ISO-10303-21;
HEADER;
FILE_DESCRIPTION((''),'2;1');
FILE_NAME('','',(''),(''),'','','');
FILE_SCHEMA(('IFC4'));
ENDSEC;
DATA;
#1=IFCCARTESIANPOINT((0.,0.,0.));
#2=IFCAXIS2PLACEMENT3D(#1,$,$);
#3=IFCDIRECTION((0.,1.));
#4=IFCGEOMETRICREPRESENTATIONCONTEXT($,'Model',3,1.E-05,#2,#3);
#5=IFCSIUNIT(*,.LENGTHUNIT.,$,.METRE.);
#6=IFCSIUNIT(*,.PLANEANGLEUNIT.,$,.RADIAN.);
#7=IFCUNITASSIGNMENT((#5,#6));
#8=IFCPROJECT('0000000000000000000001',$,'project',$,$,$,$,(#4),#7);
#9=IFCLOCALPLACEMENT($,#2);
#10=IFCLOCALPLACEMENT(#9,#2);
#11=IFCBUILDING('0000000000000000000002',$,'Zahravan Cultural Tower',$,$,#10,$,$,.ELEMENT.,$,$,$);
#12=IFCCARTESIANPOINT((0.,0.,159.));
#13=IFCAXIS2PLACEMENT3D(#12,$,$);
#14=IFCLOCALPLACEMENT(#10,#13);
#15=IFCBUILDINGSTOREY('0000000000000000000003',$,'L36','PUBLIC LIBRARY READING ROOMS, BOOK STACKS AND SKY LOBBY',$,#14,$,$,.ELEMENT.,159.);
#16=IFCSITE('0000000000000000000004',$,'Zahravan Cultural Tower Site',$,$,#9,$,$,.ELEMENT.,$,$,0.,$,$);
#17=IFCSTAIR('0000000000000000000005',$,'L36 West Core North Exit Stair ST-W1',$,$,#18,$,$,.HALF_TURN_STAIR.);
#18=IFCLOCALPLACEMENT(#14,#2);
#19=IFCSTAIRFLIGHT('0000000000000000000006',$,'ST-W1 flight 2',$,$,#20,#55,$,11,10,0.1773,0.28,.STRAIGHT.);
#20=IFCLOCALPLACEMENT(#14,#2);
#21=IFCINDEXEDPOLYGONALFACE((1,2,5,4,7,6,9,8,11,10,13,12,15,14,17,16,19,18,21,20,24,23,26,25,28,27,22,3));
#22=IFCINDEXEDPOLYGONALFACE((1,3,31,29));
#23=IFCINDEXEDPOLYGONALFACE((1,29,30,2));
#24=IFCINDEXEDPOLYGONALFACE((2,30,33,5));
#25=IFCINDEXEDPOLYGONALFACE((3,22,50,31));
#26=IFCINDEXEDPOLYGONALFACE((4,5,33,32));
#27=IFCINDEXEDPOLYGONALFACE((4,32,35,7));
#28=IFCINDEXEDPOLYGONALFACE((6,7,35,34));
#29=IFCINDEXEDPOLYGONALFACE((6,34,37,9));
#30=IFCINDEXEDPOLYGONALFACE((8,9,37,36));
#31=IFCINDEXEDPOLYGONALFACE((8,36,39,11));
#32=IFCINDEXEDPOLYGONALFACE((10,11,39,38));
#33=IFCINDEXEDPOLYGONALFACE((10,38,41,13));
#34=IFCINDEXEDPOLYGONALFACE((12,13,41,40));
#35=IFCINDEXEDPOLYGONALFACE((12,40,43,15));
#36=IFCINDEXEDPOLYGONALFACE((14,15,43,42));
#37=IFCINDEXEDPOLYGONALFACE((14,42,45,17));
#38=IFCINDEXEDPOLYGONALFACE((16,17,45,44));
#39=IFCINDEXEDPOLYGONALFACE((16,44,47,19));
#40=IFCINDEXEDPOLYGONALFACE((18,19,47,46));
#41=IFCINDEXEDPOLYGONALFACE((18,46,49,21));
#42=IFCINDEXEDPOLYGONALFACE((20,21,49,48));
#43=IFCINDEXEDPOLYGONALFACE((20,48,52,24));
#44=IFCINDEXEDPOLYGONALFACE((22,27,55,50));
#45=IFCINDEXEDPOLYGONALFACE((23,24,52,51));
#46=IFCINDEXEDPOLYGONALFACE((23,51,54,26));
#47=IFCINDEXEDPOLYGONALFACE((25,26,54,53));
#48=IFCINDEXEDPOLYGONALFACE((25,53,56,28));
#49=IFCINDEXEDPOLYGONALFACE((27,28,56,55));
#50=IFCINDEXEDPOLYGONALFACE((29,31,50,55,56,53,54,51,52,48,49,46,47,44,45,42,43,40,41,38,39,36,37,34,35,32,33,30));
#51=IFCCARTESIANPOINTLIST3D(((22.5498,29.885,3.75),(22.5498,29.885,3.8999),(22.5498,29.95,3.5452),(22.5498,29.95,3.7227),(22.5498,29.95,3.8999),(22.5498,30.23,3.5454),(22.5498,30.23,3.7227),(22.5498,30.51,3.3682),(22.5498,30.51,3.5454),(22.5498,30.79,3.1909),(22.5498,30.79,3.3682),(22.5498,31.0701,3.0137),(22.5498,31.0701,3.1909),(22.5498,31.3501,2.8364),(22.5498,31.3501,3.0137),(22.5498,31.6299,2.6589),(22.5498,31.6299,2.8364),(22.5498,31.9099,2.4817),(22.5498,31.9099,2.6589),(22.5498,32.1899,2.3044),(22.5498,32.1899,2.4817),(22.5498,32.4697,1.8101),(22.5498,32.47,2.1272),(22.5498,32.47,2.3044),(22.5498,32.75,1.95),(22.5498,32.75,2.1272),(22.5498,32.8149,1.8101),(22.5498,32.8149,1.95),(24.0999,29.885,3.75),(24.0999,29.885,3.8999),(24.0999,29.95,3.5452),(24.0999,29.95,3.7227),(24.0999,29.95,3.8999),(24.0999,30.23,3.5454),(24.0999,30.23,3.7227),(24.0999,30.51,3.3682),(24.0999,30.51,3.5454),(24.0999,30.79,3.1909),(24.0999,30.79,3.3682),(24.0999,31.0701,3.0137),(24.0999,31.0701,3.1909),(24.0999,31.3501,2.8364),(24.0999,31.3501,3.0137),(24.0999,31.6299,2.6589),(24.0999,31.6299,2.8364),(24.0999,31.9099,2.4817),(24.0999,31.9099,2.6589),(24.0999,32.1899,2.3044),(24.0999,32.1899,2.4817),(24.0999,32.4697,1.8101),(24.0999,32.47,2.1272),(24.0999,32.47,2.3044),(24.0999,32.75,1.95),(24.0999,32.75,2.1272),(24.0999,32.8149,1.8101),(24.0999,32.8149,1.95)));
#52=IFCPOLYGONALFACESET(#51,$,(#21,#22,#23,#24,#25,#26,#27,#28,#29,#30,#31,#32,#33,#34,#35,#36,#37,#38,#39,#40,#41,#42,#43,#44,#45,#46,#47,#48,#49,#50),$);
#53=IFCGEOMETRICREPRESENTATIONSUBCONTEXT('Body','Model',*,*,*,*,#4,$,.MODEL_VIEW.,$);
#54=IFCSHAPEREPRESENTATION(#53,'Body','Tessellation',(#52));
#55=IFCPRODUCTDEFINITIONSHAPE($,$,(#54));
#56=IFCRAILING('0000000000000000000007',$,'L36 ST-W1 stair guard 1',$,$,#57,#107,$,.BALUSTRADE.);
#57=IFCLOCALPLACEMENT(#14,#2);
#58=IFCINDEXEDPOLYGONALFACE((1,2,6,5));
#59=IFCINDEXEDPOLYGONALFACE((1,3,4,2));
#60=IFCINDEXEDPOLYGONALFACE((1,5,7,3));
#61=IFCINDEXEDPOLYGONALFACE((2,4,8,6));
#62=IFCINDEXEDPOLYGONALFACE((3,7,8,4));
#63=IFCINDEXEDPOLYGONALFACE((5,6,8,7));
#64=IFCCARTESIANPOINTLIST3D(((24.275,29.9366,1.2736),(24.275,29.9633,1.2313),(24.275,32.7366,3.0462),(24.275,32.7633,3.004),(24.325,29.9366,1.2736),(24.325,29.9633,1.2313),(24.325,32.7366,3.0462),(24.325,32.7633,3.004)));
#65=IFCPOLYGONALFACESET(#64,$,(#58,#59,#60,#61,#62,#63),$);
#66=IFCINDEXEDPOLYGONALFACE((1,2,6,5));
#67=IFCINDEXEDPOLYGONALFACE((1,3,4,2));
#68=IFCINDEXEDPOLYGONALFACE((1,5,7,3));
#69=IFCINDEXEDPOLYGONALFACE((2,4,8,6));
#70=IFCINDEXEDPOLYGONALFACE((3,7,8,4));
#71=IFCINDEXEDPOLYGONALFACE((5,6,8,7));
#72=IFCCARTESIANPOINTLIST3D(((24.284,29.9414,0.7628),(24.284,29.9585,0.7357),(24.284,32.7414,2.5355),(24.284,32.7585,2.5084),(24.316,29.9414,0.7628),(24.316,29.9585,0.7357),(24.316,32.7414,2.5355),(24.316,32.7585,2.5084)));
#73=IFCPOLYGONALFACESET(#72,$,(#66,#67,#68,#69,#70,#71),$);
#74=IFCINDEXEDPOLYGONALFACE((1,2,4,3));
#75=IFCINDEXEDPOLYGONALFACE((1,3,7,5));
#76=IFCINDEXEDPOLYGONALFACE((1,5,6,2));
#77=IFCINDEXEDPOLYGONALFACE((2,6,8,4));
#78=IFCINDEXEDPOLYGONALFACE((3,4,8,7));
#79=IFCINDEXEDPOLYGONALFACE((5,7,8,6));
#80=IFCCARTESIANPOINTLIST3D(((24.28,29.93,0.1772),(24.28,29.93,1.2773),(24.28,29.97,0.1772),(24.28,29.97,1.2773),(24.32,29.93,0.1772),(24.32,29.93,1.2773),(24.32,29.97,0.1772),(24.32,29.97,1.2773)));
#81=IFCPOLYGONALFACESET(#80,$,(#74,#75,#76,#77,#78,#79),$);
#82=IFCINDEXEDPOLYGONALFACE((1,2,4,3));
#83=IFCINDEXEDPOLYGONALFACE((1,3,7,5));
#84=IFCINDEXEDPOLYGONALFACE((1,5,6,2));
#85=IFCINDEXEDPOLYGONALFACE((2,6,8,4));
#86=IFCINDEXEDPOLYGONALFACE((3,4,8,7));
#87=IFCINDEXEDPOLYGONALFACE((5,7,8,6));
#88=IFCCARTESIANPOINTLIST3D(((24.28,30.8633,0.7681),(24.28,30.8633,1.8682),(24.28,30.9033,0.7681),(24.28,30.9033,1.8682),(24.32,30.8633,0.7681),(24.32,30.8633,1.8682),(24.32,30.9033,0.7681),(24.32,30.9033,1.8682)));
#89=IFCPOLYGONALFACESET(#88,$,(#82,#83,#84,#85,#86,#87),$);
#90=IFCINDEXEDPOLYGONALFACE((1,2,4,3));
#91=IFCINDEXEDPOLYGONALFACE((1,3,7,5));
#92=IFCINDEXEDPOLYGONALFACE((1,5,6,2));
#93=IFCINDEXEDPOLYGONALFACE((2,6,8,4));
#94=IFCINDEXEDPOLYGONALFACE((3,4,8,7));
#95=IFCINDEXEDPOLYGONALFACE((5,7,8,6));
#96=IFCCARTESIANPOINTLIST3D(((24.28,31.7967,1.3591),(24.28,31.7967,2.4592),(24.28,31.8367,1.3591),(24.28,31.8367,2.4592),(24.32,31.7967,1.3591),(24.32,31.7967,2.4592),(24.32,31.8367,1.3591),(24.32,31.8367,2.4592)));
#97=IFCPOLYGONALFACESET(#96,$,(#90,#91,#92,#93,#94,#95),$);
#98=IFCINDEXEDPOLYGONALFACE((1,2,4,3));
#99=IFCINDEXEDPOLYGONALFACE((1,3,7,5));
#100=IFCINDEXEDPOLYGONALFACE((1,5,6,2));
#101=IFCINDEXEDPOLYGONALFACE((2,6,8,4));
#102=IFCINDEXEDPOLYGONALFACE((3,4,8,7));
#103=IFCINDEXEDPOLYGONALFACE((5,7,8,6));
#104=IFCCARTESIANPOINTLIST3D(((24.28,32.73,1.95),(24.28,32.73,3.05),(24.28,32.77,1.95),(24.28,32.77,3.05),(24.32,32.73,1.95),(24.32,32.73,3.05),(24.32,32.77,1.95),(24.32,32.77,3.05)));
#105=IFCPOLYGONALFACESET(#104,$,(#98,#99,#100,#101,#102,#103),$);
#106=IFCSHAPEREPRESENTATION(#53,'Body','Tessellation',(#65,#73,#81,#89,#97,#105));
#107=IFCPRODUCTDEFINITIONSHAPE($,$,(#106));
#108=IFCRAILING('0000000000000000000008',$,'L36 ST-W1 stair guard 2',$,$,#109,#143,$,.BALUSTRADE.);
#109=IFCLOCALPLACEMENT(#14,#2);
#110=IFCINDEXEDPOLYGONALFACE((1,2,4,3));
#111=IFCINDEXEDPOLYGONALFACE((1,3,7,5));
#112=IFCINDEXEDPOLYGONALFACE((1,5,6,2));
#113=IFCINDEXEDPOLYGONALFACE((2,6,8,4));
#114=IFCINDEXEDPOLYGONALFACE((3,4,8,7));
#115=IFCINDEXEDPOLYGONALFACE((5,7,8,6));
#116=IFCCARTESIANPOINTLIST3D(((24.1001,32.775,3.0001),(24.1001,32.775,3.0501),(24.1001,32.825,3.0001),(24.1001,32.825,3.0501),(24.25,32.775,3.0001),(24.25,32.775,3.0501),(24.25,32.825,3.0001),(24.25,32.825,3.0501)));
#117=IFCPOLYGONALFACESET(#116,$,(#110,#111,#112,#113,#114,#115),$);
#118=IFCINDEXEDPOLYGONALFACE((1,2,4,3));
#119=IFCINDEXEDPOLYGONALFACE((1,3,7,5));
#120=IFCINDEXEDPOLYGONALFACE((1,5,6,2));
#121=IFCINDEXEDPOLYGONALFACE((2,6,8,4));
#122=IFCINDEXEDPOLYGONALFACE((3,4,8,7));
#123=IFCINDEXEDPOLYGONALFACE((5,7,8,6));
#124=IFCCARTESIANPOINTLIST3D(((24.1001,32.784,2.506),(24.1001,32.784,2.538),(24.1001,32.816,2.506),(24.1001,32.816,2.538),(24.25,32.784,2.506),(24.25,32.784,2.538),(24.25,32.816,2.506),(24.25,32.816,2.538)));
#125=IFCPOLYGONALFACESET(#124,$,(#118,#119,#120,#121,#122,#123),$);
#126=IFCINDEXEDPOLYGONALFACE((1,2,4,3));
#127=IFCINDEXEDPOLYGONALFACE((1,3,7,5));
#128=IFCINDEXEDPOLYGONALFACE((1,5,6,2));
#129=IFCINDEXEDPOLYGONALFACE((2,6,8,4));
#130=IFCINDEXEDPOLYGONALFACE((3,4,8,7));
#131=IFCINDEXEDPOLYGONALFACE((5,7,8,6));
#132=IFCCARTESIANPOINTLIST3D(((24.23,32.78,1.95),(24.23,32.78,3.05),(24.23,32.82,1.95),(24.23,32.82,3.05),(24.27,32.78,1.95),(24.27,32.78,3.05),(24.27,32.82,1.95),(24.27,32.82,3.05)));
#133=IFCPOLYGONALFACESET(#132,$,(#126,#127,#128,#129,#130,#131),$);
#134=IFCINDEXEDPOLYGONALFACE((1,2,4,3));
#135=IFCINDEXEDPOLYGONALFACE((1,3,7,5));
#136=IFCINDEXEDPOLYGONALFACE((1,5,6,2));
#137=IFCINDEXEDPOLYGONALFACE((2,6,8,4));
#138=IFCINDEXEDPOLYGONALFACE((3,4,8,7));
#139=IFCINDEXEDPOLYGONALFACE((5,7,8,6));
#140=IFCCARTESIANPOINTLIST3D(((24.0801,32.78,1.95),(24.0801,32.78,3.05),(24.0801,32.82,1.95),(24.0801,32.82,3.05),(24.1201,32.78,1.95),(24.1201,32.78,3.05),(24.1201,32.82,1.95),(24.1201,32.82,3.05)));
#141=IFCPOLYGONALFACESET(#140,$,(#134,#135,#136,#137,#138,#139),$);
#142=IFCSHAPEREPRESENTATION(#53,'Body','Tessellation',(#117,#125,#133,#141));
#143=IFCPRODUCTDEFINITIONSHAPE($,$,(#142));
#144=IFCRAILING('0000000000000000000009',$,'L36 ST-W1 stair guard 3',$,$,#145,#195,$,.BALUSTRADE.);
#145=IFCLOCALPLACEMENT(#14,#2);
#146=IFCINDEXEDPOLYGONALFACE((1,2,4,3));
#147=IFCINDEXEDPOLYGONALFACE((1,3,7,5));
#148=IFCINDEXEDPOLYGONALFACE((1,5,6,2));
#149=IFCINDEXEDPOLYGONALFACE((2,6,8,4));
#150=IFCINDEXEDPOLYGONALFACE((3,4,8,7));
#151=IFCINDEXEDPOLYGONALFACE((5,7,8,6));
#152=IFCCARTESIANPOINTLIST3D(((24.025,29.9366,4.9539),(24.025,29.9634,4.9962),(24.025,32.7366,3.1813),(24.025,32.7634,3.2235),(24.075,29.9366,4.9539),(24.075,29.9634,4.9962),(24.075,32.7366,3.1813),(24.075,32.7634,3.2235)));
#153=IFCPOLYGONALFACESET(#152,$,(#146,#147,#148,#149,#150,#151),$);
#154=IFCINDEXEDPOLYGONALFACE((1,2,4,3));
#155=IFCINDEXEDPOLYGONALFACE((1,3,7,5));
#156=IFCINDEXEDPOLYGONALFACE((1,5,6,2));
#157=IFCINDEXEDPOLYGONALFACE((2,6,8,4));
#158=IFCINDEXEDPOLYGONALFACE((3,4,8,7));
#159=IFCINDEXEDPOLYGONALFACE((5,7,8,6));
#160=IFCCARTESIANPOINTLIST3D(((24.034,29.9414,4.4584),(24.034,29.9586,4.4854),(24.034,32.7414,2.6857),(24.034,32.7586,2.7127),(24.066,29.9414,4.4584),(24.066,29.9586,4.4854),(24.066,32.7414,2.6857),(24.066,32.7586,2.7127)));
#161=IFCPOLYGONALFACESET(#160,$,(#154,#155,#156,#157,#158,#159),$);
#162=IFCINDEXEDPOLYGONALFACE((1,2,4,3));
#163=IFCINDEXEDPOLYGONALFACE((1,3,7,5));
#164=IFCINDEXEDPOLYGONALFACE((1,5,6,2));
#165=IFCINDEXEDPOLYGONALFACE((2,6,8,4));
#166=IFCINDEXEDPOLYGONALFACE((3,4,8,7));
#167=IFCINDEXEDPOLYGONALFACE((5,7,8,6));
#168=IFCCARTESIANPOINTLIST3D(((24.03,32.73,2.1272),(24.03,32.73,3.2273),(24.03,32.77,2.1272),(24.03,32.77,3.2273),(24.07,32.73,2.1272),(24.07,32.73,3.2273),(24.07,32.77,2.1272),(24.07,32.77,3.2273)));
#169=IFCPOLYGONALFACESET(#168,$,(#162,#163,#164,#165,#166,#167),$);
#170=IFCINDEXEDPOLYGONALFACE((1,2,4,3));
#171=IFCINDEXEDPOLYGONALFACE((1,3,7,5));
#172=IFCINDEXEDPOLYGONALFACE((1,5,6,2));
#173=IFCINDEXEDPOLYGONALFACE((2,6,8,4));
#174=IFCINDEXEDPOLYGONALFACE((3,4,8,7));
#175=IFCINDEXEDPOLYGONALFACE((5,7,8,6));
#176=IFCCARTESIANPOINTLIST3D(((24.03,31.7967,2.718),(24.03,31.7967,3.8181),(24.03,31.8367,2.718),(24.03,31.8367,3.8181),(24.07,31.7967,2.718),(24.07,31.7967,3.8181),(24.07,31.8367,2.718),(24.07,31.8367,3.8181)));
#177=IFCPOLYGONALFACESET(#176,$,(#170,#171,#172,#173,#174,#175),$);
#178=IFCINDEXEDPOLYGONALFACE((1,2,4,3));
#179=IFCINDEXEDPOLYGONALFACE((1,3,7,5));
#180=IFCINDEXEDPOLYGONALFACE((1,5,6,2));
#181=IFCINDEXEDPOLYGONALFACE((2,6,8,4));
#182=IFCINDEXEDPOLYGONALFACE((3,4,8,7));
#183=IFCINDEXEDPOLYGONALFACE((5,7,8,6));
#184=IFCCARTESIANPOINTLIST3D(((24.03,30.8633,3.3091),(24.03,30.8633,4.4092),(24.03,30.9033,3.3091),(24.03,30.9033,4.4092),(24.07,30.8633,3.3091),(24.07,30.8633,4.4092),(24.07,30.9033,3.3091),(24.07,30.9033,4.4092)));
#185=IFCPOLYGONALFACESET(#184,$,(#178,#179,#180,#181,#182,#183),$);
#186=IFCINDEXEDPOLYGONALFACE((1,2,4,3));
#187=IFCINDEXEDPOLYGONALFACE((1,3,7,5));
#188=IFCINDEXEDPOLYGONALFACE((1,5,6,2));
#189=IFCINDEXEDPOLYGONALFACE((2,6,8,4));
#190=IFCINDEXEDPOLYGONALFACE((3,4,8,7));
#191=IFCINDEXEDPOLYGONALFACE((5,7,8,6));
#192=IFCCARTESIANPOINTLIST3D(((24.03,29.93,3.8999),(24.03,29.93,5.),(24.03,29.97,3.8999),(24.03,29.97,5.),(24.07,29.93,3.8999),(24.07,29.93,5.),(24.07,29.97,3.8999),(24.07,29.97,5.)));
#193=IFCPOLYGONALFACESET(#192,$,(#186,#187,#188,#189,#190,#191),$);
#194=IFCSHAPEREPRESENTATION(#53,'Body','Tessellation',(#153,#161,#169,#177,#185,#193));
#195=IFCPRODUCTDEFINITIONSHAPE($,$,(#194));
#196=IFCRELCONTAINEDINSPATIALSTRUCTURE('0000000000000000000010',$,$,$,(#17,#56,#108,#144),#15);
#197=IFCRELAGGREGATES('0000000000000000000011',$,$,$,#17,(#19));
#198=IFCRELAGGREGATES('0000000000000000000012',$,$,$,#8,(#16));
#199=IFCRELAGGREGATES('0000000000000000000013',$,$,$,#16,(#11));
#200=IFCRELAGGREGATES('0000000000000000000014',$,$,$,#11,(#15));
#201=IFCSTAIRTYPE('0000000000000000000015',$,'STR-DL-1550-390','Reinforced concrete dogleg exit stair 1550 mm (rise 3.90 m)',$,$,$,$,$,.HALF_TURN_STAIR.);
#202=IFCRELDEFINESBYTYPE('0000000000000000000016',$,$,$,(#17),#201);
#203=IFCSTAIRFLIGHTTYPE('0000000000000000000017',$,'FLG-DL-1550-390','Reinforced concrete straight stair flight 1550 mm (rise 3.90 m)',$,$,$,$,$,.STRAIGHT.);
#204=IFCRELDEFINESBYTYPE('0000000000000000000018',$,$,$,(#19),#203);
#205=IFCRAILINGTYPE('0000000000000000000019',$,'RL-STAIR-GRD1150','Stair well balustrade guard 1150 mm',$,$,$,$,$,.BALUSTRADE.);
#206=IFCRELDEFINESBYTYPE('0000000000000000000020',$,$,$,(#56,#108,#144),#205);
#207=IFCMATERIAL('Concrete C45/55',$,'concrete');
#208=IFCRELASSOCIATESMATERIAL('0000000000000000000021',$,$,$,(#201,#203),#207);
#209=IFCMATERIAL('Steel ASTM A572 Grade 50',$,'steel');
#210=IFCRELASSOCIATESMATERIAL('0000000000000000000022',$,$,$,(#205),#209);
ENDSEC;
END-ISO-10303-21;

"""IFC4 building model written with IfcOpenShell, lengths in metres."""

from ifc_helpers import new_model, si_unit, direction, frame, origin, origin_2d, place, context, subcontext, project, spatial, polyline, rectangle, outline, extrude, material, type_object, element, aggregate, save


model = new_model("IFC4")

# Units and contexts
model_context = context("Model", 3, precision=1e-05, world=origin(), true_north=direction((0.0, 1.0)))
body_context = subcontext(model_context, "Body", "Model", "MODEL_VIEW")
ifc_project = project(units=[si_unit("LENGTHUNIT", "METRE"), si_unit("PLANEANGLEUNIT", "RADIAN")], contexts=[model_context])

# Site, building, storey
site_placement = place(None, origin())
site = spatial("IfcSite", under=ifc_project, at=site_placement, Name="Zahravan Cultural Tower Site", CompositionType="ELEMENT", RefElevation=0.0)
building_placement = place(site_placement, origin())
building = spatial("IfcBuilding", under=site, at=building_placement, Name="Zahravan Cultural Tower", CompositionType="ELEMENT")
storey_placement = place(building_placement, frame((0.0, 0.0, 159.0)))
storey = spatial("IfcBuildingStorey", under=building, at=storey_placement, Name="L36", Description="PUBLIC LIBRARY READING ROOMS, BOOK STACKS AND SKY LOBBY", CompositionType="ELEMENT", Elevation=159.0)

# Shared definitions
ifc_material_1 = material(Name="Concrete C45/55", Category="concrete")
ifc_material_2 = material(Name="Steel ASTM A572 Grade 50", Category="steel")

# Stair, stair flight
stair_type = type_object("IfcStairType", Name="STR-DL-1550-390", Description="Reinforced concrete dogleg exit stair 1550 mm (rise 3.90 m)", PredefinedType="HALF_TURN_STAIR", material=ifc_material_1)
stair_placement = place(storey_placement, origin())
stair = element("IfcStair", 1, at=stair_placement, inside=storey, type_object=stair_type, Name="L36 West Core North Exit Stair ST-W1", PredefinedType="HALF_TURN_STAIR")
stair_flight_type = type_object("IfcStairFlightType", Name="FLG-DL-1550-390", Description="Reinforced concrete straight stair flight 1550 mm (rise 3.90 m)", PredefinedType="STRAIGHT", material=ifc_material_1)
stair_flight_1_placement = place(storey_placement, frame((23.325, 32.75, 1.95), z_axis=(0.0, 0.0, 1.0), x_axis=(0.0, -1.0, 0.0)))
stair_flight_1 = element("IfcStairFlight", 2, at=stair_flight_1_placement, type_object=stair_flight_type, Name="ST-W1 flight 2", NumberOfRisers=11, NumberOfTreads=10, PredefinedType="STRAIGHT", RiserHeight=0.1773, TreadLength=0.28, context=body_context, shape_type="SweptSolid", body=[
    extrude(outline(polyline([(-0.0649, -0.1399), (-0.0649, 0.0), (0.0, 0.0), (0.0, 0.1772), (0.28, 0.1772), (0.28, 0.3545), (0.5601, 0.3545), (0.5601, 0.5317), (0.8401, 0.5317), (0.8401, 0.709), (1.1201, 0.709), (1.1201, 0.8865), (1.3999, 0.8865), (1.3999, 1.0637), (1.6799, 1.0637), (1.6799, 1.241), (1.96, 1.241), (1.96, 1.4182), (2.24, 1.4182), (2.24, 1.5955), (2.52, 1.5955), (2.52, 1.7727), (2.8, 1.7727), (2.8, 1.95), (2.865, 1.95), (2.865, 1.8), (2.8, 1.5952), (0.2803, -0.1399), (-0.0649, -0.1399)])), frame((0.0, 0.7749, 0.0), z_axis=(0.0, -1.0, 0.0), x_axis=(1.0, 0.0, 0.0)), (0.0, 0.0, 1.0), 1.55),
])
aggregate(stair, [stair_flight_1])

# Railings
railing_type_1 = type_object("IfcRailingType", Name="RL-STAIR-GRD1150", Description="Stair well balustrade guard 1150 mm", PredefinedType="BALUSTRADE", material=ifc_material_2)
railing_1_placement = place(storey_placement, frame((24.3, 29.95, 0.1772)))
element("IfcRailing", 3, at=railing_1_placement, inside=storey, type_object=railing_type_1, Name="L36 ST-W1 stair guard 1", PredefinedType="BALUSTRADE", context=body_context, shape_type="SweptSolid", body=[
    extrude(rectangle(XDim=0.05, YDim=0.05, at=origin_2d()), frame((0.0, 0.0, 1.0752), z_axis=(0.0, 0.844909, 0.53491), x_axis=(-1.0, 0.0, 0.0)), (0.0, 0.0, 1.0), 3.314),
    extrude(rectangle(XDim=0.032, YDim=0.032, at=origin_2d()), frame((0.0, 0.0, 0.572), z_axis=(0.0, 0.844909, 0.53491), x_axis=(-1.0, 0.0, 0.0)), (0.0, 0.0, 1.0), 3.314),
    extrude(rectangle(XDim=0.04, YDim=0.04, at=origin_2d()), origin(), (0.0, 0.0, 1.0), 1.1001),
    extrude(rectangle(XDim=0.04, YDim=0.04, at=origin_2d()), frame((0.0, 0.9333, 0.5908)), (0.0, 0.0, 1.0), 1.1001),
    extrude(rectangle(XDim=0.04, YDim=0.04, at=origin_2d()), frame((0.0, 1.8667, 1.1819)), (0.0, 0.0, 1.0), 1.1001),
    extrude(rectangle(XDim=0.04, YDim=0.04, at=origin_2d()), frame((0.0, 2.8, 1.7727)), (0.0, 0.0, 1.0), 1.1001),
])
railing_2_placement = place(storey_placement, frame((24.25, 32.8, 1.95)))
element("IfcRailing", 4, at=railing_2_placement, inside=storey, type_object=railing_type_1, Name="L36 ST-W1 stair guard 2", PredefinedType="BALUSTRADE", context=body_context, shape_type="SweptSolid", body=[
    extrude(rectangle(XDim=0.05, YDim=0.05, at=origin_2d()), frame((0.0, 0.0, 1.0752), z_axis=(-1.0, 0.0, 0.0), x_axis=(0.0, -1.0, 0.0)), (0.0, 0.0, 1.0), 0.1499),
    extrude(rectangle(XDim=0.032, YDim=0.032, at=origin_2d()), frame((0.0, 0.0, 0.572), z_axis=(-1.0, 0.0, 0.0), x_axis=(0.0, -1.0, 0.0)), (0.0, 0.0, 1.0), 0.1499),
    extrude(rectangle(XDim=0.04, YDim=0.04, at=origin_2d()), origin(), (0.0, 0.0, 1.0), 1.1001),
    extrude(rectangle(XDim=0.04, YDim=0.04, at=origin_2d()), frame((-0.1499, 0.0, 0.0)), (0.0, 0.0, 1.0), 1.1001),
])
railing_3_placement = place(storey_placement, frame((24.05, 32.75, 2.1272)))
element("IfcRailing", 5, at=railing_3_placement, inside=storey, type_object=railing_type_1, Name="L36 ST-W1 stair guard 3", PredefinedType="BALUSTRADE", context=body_context, shape_type="SweptSolid", body=[
    extrude(rectangle(XDim=0.05, YDim=0.05, at=origin_2d()), frame((0.0, 0.0, 1.0752), z_axis=(0.0, -0.844909, 0.53491), x_axis=(1.0, 0.0, 0.0)), (0.0, 0.0, 1.0), 3.314),
    extrude(rectangle(XDim=0.032, YDim=0.032, at=origin_2d()), frame((0.0, 0.0, 0.572), z_axis=(0.0, -0.844909, 0.53491), x_axis=(1.0, 0.0, 0.0)), (0.0, 0.0, 1.0), 3.314),
    extrude(rectangle(XDim=0.04, YDim=0.04, at=origin_2d()), origin(), (0.0, 0.0, 1.0), 1.1001),
    extrude(rectangle(XDim=0.04, YDim=0.04, at=origin_2d()), frame((0.0, -0.9333, 0.5908)), (0.0, 0.0, 1.0), 1.1001),
    extrude(rectangle(XDim=0.04, YDim=0.04, at=origin_2d()), frame((0.0, -1.8667, 1.1819)), (0.0, 0.0, 1.0), 1.1001),
    extrude(rectangle(XDim=0.04, YDim=0.04, at=origin_2d()), frame((0.0, -2.8, 1.7727)), (0.0, 0.0, 1.0), 1.1001),
])

save(model, "model.ifc")
